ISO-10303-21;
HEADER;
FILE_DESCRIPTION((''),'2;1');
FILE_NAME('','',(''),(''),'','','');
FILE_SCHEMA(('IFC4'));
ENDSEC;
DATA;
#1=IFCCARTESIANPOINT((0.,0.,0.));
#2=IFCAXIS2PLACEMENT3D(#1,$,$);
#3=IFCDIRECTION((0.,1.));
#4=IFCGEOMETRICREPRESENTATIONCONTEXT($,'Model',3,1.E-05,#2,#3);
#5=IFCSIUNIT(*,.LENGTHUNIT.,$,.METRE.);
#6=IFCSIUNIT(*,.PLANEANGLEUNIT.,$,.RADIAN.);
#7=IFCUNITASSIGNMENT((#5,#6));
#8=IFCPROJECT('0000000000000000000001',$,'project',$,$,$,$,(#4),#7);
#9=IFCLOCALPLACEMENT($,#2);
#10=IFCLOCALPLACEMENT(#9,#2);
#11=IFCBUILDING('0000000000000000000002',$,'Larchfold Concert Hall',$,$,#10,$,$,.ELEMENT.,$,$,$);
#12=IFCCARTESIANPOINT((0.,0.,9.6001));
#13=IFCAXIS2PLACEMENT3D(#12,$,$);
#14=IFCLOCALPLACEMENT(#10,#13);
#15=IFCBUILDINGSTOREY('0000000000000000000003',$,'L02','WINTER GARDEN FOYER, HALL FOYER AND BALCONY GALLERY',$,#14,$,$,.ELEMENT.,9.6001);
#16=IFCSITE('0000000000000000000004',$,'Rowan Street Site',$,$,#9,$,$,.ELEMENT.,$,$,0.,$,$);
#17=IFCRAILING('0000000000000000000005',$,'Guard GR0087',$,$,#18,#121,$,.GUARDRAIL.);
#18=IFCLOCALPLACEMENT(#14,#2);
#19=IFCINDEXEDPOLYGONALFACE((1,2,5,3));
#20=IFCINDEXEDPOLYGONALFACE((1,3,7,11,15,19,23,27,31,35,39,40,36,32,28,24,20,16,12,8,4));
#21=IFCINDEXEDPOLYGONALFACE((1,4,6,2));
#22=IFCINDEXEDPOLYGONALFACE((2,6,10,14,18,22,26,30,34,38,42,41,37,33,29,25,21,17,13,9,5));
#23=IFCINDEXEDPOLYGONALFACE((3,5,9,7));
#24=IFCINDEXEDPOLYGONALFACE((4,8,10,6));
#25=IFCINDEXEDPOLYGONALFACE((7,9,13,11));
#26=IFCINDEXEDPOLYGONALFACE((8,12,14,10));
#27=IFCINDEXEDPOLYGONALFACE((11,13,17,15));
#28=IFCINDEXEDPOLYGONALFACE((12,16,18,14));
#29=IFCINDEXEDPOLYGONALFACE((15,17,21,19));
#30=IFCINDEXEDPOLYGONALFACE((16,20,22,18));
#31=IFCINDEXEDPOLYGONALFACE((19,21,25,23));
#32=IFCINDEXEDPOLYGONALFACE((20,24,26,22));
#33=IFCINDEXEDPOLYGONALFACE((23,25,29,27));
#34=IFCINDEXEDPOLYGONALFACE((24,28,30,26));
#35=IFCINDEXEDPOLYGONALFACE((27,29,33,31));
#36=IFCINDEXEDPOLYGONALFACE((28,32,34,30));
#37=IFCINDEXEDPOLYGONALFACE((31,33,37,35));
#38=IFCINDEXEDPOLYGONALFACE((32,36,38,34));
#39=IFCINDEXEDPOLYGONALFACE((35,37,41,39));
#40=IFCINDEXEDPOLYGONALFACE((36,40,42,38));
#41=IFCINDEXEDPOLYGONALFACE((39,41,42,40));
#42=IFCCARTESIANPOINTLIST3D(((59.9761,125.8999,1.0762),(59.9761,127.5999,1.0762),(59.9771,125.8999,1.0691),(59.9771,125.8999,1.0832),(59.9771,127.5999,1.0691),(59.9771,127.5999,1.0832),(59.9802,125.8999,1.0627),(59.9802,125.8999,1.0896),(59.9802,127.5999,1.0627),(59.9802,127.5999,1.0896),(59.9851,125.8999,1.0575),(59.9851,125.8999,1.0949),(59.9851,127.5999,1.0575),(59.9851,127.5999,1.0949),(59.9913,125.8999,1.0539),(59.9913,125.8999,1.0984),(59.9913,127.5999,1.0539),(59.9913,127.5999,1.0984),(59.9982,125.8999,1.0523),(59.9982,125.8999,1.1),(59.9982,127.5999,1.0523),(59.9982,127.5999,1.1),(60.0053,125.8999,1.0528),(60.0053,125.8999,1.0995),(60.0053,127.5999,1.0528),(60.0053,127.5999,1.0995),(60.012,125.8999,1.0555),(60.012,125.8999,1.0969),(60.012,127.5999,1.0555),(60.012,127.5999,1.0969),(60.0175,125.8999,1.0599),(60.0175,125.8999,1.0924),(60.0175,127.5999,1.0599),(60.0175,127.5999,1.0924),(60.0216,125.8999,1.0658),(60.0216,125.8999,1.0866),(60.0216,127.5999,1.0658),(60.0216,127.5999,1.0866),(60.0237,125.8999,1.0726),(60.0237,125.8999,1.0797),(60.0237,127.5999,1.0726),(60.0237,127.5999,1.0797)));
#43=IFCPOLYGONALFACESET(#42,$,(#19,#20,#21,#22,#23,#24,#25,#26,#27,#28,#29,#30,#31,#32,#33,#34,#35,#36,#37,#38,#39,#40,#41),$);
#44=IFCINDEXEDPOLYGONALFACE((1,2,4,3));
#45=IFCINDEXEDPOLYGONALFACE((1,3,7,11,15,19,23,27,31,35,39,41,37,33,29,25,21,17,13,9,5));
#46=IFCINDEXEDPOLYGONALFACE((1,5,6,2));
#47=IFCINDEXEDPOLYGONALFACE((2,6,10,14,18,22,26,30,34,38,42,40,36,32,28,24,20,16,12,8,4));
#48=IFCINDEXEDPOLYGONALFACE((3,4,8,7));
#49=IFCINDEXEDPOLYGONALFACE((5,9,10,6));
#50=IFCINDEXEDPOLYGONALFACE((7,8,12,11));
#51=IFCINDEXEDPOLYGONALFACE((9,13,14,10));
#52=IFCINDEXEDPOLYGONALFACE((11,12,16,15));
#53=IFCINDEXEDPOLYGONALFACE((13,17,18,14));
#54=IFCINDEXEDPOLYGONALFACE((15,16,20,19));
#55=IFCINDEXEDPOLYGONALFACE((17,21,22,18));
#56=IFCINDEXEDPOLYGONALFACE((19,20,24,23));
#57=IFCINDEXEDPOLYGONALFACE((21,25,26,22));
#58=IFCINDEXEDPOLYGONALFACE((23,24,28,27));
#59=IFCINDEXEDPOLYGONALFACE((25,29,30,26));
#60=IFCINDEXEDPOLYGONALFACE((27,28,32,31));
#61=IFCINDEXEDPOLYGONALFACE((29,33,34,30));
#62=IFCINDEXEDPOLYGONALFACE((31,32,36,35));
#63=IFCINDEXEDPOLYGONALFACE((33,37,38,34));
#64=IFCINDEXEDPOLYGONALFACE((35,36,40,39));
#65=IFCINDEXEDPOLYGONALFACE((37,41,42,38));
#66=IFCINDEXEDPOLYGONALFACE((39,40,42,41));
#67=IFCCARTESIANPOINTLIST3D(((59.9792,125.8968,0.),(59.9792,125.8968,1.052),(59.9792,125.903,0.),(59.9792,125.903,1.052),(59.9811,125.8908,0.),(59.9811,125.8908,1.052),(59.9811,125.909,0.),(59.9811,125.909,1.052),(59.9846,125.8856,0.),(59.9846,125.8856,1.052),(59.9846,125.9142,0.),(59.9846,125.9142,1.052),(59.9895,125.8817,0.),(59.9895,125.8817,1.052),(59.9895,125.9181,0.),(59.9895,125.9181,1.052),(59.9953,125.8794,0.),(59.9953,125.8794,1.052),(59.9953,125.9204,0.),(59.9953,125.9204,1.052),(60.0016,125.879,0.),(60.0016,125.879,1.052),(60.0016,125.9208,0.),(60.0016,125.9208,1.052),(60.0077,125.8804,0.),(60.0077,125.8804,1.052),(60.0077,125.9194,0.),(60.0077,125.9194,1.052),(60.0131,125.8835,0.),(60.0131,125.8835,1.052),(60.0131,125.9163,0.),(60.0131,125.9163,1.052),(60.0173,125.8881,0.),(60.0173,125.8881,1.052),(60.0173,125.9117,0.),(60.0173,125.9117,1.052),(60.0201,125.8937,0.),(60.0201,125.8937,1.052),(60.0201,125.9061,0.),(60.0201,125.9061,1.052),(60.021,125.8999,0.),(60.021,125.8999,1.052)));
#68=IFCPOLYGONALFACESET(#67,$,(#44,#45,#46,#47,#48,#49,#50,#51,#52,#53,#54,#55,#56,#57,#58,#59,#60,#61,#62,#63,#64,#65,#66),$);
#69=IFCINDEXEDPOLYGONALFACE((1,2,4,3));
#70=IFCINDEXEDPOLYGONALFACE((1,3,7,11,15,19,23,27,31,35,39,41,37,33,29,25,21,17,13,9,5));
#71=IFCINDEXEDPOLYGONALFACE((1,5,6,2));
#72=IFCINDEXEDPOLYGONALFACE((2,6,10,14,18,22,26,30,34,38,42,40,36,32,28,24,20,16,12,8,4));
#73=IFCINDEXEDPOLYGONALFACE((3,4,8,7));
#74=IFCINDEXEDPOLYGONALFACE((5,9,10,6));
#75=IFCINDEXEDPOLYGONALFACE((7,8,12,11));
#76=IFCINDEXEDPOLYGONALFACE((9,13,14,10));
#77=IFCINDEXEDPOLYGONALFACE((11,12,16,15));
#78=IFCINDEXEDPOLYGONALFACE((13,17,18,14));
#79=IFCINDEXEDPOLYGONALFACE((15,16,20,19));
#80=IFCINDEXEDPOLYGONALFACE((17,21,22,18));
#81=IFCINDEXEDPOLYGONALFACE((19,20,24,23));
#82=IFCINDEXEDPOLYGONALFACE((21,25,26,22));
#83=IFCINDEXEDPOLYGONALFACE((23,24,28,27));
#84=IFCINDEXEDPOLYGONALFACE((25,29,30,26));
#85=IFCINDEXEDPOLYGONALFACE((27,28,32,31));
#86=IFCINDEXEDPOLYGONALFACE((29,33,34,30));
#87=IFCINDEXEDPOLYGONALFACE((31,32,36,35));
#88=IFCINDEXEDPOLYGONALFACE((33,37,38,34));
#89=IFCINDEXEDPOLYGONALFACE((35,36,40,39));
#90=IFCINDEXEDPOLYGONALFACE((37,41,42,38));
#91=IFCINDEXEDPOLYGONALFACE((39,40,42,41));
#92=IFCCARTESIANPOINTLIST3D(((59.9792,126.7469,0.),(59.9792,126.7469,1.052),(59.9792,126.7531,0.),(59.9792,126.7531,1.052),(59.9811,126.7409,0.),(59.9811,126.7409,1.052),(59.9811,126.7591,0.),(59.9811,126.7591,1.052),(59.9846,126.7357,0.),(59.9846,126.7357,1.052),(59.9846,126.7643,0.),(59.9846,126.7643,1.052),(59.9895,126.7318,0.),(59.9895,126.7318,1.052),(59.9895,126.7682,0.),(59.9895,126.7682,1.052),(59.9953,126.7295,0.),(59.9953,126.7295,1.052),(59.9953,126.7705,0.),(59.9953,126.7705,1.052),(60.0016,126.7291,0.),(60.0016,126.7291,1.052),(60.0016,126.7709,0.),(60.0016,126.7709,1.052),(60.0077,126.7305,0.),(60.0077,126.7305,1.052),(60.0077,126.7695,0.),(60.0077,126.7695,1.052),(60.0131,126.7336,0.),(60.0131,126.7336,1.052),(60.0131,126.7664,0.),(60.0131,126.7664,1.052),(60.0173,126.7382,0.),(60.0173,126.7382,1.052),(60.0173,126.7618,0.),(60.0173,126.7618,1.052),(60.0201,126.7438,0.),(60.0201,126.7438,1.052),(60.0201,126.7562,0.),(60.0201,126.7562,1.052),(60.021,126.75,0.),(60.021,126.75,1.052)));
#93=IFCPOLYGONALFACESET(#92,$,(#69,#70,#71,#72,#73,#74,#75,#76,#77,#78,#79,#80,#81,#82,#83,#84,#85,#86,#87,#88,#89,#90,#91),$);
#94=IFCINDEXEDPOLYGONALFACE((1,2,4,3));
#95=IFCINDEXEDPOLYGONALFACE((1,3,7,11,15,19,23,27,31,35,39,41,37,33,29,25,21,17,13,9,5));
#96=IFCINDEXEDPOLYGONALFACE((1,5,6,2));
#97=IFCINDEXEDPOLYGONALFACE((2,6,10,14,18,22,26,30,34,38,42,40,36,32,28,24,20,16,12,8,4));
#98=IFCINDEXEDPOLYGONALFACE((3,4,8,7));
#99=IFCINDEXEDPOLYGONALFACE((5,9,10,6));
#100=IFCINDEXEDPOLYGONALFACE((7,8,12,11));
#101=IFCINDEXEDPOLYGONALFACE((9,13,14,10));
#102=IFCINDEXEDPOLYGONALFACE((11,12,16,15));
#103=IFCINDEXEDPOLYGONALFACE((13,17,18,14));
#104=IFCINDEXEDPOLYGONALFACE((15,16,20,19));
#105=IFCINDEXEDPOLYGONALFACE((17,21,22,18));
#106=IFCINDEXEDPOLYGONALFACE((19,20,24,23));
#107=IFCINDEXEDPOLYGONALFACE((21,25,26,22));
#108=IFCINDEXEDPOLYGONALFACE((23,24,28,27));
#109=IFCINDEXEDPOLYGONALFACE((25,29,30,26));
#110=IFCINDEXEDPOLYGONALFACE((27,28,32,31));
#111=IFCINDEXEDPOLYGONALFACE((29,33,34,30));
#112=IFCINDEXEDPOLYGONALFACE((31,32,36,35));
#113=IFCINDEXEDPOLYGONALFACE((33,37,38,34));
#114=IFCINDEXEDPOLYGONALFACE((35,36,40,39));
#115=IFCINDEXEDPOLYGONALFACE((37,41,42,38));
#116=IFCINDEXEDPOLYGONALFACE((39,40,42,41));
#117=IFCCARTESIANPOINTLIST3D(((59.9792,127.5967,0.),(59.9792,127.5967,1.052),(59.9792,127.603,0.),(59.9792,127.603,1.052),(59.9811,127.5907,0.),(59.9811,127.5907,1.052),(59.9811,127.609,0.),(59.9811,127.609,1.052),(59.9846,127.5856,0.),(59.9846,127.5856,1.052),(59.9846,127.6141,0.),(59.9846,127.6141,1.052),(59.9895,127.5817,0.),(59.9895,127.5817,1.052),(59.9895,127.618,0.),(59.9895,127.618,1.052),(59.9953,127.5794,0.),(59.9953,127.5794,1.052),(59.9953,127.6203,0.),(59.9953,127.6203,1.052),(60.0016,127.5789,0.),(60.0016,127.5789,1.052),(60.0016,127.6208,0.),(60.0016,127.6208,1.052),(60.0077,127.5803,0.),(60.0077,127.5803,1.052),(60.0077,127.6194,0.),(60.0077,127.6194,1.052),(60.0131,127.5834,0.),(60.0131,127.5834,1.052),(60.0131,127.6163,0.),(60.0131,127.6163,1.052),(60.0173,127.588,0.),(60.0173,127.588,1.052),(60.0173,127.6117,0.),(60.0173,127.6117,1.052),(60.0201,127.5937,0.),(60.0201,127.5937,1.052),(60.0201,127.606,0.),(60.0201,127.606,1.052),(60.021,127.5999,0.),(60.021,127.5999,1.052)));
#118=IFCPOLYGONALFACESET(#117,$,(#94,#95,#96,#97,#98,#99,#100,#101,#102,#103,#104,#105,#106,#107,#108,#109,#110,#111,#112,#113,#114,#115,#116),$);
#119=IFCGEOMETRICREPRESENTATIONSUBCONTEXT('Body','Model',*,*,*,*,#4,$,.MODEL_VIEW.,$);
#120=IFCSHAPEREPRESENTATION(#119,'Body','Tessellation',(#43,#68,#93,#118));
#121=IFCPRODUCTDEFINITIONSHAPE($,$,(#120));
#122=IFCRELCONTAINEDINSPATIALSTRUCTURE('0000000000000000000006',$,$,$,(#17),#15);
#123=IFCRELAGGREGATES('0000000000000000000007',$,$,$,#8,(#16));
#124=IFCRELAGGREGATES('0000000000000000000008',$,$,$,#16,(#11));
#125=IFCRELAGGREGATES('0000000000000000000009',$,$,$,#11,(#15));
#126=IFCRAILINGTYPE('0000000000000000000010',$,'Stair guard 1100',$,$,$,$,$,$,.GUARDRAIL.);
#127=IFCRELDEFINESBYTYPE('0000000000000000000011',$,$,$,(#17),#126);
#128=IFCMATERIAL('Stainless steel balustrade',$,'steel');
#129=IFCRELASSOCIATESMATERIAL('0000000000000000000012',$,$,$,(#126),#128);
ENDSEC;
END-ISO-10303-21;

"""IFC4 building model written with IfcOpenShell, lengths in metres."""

from ifc_helpers import new_model, si_unit, direction, frame, origin, origin_2d, place, context, subcontext, project, spatial, circle, extrude, material, type_object, element, save


model = new_model("IFC4")

# Units and contexts
model_context = context("Model", 3, precision=1e-05, world=origin(), true_north=direction((0.0, 1.0)))
body_context = subcontext(model_context, "Body", "Model", "MODEL_VIEW")
ifc_project = project(units=[si_unit("LENGTHUNIT", "METRE"), si_unit("PLANEANGLEUNIT", "RADIAN")], contexts=[model_context])

# Site, building, storey
site_placement = place(None, origin())
site = spatial("IfcSite", under=ifc_project, at=site_placement, Name="Rowan Street Site", CompositionType="ELEMENT", RefElevation=0.0)
building_placement = place(site_placement, origin())
building = spatial("IfcBuilding", under=site, at=building_placement, Name="Larchfold Concert Hall", CompositionType="ELEMENT")
storey_placement = place(building_placement, frame((0.0, 0.0, 9.6001)))
storey = spatial("IfcBuildingStorey", under=building, at=storey_placement, Name="L02", Description="WINTER GARDEN FOYER, HALL FOYER AND BALCONY GALLERY", CompositionType="ELEMENT", Elevation=9.6001)

# Railing
ifc_material_1 = material(Name="Stainless steel balustrade", Category="steel")
railing_type = type_object("IfcRailingType", Name="Stair guard 1100", PredefinedType="GUARDRAIL", material=ifc_material_1)
railing_placement = place(storey_placement, frame((60.0, 125.8999, 0.0)))
element("IfcRailing", 1, at=railing_placement, inside=storey, type_object=railing_type, Name="Guard GR0087", PredefinedType="GUARDRAIL", context=body_context, shape_type="SweptSolid", body=[
    extrude(circle(Radius=0.0239, at=origin_2d()), frame((0.0, 0.0, 1.0762), z_axis=(0.0, 1.0, 0.0), x_axis=(-1.0, 0.0, 0.0)), (0.0, 0.0, 1.0), 1.7),
    extrude(circle(Radius=0.021, at=origin_2d()), origin(), (0.0, 0.0, 1.0), 1.052),
    extrude(circle(Radius=0.021, at=origin_2d()), frame((0.0, 0.8501, 0.0)), (0.0, 0.0, 1.0), 1.052),
    extrude(circle(Radius=0.021, at=origin_2d()), frame((0.0, 1.7, 0.0)), (0.0, 0.0, 1.0), 1.052),
])

save(model, "model.ifc")
